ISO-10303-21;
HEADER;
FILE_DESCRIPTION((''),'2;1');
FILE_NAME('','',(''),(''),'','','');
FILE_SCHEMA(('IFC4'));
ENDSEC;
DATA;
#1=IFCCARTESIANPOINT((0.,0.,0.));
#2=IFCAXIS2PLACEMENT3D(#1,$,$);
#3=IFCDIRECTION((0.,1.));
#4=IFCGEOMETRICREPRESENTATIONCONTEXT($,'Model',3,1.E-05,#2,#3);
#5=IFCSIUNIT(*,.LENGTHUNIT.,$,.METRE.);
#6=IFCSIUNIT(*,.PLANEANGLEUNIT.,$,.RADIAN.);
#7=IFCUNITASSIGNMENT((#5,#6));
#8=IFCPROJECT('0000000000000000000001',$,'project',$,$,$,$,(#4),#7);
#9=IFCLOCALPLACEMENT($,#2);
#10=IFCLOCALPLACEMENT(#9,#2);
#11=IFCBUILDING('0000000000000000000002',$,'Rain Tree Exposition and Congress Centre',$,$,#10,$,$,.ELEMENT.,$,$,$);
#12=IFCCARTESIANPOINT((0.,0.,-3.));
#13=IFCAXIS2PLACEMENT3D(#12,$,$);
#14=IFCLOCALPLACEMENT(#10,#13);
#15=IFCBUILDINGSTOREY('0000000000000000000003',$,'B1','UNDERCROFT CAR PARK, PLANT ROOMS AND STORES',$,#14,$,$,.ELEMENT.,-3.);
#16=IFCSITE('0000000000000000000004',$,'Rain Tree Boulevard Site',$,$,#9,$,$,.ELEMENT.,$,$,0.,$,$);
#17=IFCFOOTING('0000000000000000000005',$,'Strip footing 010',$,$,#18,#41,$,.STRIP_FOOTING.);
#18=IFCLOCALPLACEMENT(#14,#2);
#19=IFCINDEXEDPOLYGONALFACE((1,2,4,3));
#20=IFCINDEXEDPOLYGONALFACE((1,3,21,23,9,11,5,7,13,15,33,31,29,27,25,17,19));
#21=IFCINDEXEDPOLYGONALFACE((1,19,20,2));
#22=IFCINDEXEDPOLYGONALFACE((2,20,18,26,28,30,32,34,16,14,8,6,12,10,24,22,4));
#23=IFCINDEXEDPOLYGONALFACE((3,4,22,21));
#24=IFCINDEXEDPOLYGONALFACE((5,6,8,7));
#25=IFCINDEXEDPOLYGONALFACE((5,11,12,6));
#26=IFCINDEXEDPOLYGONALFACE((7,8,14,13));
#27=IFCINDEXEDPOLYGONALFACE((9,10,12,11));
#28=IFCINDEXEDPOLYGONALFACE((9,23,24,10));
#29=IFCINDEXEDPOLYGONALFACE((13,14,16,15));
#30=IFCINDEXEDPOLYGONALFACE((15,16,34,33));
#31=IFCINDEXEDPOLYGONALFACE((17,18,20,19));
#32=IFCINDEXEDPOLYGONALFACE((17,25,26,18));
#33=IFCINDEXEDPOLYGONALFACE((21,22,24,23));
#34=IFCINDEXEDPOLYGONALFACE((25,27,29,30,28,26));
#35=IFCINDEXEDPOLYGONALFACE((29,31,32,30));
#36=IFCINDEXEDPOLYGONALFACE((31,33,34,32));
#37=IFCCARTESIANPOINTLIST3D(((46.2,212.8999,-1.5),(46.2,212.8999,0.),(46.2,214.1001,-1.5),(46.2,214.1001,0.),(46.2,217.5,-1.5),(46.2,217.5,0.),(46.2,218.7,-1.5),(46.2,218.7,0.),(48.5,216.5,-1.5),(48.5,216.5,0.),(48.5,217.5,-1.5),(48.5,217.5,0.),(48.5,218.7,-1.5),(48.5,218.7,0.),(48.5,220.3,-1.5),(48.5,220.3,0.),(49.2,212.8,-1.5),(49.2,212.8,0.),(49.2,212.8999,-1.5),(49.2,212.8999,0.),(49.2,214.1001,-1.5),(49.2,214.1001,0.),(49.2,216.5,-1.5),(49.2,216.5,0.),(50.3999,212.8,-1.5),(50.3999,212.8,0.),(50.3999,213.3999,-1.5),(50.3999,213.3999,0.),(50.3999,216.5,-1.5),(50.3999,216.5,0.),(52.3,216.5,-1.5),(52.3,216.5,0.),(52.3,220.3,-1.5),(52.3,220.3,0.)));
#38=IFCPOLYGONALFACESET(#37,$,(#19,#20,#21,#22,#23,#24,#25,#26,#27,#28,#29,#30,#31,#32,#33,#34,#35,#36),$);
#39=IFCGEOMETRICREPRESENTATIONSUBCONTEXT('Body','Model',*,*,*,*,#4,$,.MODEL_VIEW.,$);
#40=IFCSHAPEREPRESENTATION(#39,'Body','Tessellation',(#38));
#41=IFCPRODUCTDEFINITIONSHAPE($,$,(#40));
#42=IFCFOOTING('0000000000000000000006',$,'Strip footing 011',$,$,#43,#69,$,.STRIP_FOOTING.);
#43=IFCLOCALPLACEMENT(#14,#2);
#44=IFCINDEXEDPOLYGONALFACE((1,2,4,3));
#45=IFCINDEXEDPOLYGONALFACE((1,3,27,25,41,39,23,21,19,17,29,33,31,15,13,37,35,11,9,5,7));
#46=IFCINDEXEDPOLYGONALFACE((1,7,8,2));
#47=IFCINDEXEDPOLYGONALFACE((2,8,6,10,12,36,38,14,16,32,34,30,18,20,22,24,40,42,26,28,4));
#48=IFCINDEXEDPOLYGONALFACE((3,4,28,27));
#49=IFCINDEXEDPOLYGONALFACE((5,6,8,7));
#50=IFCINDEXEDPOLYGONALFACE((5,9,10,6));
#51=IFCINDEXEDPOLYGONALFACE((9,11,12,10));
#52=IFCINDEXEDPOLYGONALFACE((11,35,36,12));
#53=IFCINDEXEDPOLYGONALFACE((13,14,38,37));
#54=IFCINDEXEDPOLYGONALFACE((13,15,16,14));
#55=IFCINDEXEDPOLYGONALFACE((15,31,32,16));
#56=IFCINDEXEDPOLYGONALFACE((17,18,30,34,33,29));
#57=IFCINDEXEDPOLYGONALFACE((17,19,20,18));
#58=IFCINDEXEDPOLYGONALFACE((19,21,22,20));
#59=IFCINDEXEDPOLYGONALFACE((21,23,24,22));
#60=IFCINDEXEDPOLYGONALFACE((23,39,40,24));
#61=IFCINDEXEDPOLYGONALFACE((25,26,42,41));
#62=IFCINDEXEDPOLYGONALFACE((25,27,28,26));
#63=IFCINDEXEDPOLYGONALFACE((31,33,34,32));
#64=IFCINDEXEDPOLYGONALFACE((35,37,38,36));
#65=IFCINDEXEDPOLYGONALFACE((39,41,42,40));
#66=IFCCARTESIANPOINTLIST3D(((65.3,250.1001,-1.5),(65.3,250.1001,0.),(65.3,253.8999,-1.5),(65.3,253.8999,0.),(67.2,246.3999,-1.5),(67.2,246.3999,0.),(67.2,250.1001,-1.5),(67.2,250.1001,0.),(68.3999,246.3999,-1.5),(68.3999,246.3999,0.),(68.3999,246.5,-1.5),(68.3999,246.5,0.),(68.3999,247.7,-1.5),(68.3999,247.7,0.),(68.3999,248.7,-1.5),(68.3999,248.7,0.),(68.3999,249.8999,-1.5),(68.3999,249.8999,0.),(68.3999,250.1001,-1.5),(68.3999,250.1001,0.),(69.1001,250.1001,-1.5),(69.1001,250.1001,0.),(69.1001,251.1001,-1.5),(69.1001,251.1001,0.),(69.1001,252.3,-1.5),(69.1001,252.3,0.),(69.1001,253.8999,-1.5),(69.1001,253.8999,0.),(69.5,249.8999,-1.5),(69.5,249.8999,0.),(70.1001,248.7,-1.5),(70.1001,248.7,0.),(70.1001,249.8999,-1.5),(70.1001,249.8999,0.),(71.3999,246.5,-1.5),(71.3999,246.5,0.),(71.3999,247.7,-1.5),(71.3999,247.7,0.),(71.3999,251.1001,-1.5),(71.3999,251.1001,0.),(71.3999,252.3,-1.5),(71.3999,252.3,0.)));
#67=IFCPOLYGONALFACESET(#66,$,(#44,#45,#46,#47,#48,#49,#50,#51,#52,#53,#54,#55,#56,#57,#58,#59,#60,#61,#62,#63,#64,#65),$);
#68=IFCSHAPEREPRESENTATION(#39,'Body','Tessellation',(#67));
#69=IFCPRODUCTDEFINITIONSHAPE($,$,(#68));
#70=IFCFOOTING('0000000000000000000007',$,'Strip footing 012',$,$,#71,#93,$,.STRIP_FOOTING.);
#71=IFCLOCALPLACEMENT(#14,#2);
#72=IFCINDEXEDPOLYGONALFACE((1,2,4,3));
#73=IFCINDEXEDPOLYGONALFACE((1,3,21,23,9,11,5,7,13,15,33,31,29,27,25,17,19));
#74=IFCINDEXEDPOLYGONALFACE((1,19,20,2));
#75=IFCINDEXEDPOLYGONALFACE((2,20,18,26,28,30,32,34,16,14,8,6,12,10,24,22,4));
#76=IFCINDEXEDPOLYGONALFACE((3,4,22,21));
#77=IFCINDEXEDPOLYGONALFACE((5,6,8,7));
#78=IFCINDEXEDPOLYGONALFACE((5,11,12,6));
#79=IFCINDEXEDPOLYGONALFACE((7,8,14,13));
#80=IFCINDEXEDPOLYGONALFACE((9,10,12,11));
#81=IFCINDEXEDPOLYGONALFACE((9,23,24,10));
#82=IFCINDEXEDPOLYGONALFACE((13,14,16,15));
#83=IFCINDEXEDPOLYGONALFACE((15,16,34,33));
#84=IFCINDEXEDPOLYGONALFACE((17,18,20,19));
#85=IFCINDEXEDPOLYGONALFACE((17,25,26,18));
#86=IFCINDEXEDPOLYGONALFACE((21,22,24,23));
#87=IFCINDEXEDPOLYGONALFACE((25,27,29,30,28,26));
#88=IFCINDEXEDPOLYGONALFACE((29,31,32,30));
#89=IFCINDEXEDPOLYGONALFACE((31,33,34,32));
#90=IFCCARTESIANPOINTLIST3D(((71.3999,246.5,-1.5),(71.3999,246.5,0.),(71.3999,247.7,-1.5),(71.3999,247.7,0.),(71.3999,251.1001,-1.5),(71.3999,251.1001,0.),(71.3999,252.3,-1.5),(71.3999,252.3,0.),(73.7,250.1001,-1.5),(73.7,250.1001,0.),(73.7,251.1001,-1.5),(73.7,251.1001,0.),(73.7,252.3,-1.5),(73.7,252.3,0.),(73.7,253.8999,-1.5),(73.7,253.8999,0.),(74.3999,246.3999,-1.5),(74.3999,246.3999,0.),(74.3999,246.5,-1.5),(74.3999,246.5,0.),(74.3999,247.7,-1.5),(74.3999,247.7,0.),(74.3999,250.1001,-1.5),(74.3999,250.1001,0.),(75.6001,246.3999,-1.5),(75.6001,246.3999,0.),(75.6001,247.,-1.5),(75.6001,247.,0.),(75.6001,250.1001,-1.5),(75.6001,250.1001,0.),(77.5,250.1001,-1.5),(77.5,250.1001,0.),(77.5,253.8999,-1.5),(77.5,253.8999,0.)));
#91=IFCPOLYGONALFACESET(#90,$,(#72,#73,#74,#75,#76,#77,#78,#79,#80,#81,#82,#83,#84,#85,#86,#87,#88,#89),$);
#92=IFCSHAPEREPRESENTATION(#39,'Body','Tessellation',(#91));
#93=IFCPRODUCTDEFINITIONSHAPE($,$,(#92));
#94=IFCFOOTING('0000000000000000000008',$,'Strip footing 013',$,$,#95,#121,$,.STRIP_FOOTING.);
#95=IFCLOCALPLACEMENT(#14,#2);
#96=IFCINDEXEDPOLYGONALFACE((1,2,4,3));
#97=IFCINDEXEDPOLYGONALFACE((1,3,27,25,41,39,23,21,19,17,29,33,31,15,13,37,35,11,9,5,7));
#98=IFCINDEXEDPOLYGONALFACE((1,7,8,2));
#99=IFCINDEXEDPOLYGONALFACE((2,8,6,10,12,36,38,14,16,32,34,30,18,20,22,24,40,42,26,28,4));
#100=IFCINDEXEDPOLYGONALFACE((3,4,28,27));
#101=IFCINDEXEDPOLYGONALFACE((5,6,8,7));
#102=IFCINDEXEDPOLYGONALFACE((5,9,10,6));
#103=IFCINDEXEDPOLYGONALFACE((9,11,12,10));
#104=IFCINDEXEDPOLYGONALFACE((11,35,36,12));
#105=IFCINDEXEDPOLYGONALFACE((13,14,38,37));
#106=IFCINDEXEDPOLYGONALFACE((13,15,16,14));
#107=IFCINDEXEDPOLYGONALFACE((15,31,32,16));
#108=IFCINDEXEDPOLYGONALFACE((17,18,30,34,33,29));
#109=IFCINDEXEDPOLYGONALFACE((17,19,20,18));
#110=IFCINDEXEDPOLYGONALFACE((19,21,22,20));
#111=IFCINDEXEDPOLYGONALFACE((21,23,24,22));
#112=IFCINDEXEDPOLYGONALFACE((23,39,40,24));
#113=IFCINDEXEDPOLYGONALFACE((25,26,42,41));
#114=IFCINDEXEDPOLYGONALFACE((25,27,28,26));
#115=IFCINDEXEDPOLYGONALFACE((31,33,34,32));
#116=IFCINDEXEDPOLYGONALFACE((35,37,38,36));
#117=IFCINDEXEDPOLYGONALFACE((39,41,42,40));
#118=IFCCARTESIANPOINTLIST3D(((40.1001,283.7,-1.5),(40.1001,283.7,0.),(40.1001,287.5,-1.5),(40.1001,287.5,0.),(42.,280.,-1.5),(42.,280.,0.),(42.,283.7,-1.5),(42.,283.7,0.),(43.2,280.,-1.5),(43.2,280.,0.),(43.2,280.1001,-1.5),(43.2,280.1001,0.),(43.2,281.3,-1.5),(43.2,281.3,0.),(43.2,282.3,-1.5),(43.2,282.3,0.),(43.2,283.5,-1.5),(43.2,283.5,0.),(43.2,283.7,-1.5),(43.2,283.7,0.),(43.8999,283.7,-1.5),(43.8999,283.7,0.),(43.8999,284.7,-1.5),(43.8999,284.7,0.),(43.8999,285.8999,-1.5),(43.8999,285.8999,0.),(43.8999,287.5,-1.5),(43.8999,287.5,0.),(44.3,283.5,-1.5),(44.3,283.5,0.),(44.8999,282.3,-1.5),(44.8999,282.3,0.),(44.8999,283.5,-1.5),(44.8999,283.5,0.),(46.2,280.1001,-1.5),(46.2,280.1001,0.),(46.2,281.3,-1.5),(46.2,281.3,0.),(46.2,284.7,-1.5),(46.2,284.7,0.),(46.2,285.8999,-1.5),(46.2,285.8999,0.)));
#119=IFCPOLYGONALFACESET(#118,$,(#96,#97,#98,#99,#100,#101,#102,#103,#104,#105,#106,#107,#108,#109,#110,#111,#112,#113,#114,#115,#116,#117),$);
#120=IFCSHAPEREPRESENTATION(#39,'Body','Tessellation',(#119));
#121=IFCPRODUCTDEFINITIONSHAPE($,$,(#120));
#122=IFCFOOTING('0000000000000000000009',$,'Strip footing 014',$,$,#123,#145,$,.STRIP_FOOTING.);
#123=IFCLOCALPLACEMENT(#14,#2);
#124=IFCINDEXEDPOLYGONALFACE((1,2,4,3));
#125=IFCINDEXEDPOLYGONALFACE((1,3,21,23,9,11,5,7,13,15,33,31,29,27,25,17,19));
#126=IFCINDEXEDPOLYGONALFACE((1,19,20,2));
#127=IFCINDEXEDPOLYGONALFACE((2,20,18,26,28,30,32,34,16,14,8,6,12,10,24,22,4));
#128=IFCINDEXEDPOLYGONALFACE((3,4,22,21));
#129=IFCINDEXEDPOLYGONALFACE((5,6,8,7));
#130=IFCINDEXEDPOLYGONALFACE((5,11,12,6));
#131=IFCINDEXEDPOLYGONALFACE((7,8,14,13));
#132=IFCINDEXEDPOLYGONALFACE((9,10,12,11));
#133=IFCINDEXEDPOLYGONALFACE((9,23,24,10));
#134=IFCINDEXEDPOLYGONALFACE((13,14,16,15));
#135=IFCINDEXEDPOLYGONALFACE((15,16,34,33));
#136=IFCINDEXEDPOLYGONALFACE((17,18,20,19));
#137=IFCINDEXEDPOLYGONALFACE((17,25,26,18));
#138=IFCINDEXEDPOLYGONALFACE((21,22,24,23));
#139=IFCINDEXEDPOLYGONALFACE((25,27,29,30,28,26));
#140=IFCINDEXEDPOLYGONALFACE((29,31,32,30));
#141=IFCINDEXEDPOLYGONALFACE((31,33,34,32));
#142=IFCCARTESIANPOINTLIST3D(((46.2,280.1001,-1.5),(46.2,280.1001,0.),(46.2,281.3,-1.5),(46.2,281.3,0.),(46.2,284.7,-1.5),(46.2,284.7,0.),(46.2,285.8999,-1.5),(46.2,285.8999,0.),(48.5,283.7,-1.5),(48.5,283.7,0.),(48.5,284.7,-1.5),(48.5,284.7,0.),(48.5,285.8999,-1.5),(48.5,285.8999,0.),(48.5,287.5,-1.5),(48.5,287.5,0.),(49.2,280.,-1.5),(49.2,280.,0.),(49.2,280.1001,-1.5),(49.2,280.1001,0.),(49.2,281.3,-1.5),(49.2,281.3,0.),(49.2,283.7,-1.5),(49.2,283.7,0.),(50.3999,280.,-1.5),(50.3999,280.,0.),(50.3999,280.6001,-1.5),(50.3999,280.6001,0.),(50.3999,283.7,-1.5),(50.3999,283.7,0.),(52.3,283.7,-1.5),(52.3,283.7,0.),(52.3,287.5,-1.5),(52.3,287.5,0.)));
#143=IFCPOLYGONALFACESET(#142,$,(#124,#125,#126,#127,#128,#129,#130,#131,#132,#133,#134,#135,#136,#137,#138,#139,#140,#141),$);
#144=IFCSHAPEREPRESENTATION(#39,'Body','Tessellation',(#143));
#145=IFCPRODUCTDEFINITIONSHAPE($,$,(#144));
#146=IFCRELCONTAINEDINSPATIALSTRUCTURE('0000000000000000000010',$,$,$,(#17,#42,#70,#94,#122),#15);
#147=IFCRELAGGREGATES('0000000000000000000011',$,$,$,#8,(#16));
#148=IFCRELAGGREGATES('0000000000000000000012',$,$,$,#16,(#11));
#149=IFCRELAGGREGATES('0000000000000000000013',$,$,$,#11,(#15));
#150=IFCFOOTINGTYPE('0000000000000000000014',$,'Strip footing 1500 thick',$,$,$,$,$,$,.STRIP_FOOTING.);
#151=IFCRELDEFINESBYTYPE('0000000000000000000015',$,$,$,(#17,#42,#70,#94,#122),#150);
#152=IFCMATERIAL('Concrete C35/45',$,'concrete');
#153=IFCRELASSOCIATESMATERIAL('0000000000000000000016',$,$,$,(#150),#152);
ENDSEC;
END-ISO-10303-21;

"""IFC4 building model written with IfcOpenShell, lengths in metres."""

from ifc_helpers import new_model, si_unit, direction, frame, origin, place, context, subcontext, project, spatial, polyline, outline, extrude, material, type_object, element, save


model = new_model("IFC4")

# Units and contexts
model_context = context("Model", 3, precision=1e-05, world=origin(), true_north=direction((0.0, 1.0)))
body_context = subcontext(model_context, "Body", "Model", "MODEL_VIEW")
ifc_project = project(units=[si_unit("LENGTHUNIT", "METRE"), si_unit("PLANEANGLEUNIT", "RADIAN")], contexts=[model_context])

# Site, building, storey
site_placement = place(None, origin())
site = spatial("IfcSite", under=ifc_project, at=site_placement, Name="Rain Tree Boulevard Site", CompositionType="ELEMENT", RefElevation=0.0)
building_placement = place(site_placement, origin())
building = spatial("IfcBuilding", under=site, at=building_placement, Name="Rain Tree Exposition and Congress Centre", CompositionType="ELEMENT")
storey_placement = place(building_placement, frame((0.0, 0.0, -3.0)))
storey = spatial("IfcBuildingStorey", under=building, at=storey_placement, Name="B1", Description="UNDERCROFT CAR PARK, PLANT ROOMS AND STORES", CompositionType="ELEMENT", Elevation=-3.0)

# Footings
ifc_material_1 = material(Name="Concrete C35/45", Category="concrete")
footing_type_1 = type_object("IfcFootingType", Name="Strip footing 1500 thick", PredefinedType="STRIP_FOOTING", material=ifc_material_1)
footing_1_placement = place(storey_placement, frame((0.0, 0.0, -1.5)))
element("IfcFooting", 1, at=footing_1_placement, inside=storey, type_object=footing_type_1, Name="Strip footing 010", PredefinedType="STRIP_FOOTING", context=body_context, shape_type="SweptSolid", body=[
    extrude(outline(polyline([(48.5, 218.7), (46.2, 218.7), (46.2, 217.5), (48.5, 217.5), (48.5, 216.5), (49.2, 216.5), (49.2, 214.1001), (46.2, 214.1001), (46.2, 212.8999), (49.2, 212.8999), (49.2, 212.8), (50.3999, 212.8), (50.3999, 213.3999), (50.3999, 216.5), (52.3, 216.5), (52.3, 220.3), (48.5, 220.3), (48.5, 218.7)])), origin(), (0.0, 0.0, 1.0), 1.5),
])
footing_2_placement = place(storey_placement, frame((0.0, 0.0, -1.5)))
element("IfcFooting", 2, at=footing_2_placement, inside=storey, type_object=footing_type_1, Name="Strip footing 011", PredefinedType="STRIP_FOOTING", context=body_context, shape_type="SweptSolid", body=[
    extrude(outline(polyline([(68.3999, 246.3999), (68.3999, 246.5), (71.3999, 246.5), (71.3999, 247.7), (68.3999, 247.7), (68.3999, 248.7), (70.1001, 248.7), (70.1001, 249.8999), (69.5, 249.8999), (68.3999, 249.8999), (68.3999, 250.1001), (69.1001, 250.1001), (69.1001, 251.1001), (71.3999, 251.1001), (71.3999, 252.3), (69.1001, 252.3), (69.1001, 253.8999), (65.3, 253.8999), (65.3, 250.1001), (67.2, 250.1001), (67.2, 246.3999), (68.3999, 246.3999)])), origin(), (0.0, 0.0, 1.0), 1.5),
])
footing_3_placement = place(storey_placement, frame((0.0, 0.0, -1.5)))
element("IfcFooting", 3, at=footing_3_placement, inside=storey, type_object=footing_type_1, Name="Strip footing 012", PredefinedType="STRIP_FOOTING", context=body_context, shape_type="SweptSolid", body=[
    extrude(outline(polyline([(73.7, 252.3), (71.3999, 252.3), (71.3999, 251.1001), (73.7, 251.1001), (73.7, 250.1001), (74.3999, 250.1001), (74.3999, 247.7), (71.3999, 247.7), (71.3999, 246.5), (74.3999, 246.5), (74.3999, 246.3999), (75.6001, 246.3999), (75.6001, 247.0), (75.6001, 250.1001), (77.5, 250.1001), (77.5, 253.8999), (73.7, 253.8999), (73.7, 252.3)])), origin(), (0.0, 0.0, 1.0), 1.5),
])
footing_4_placement = place(storey_placement, frame((0.0, 0.0, -1.5)))
element("IfcFooting", 4, at=footing_4_placement, inside=storey, type_object=footing_type_1, Name="Strip footing 013", PredefinedType="STRIP_FOOTING", context=body_context, shape_type="SweptSolid", body=[
    extrude(outline(polyline([(43.2, 280.0), (43.2, 280.1001), (46.2, 280.1001), (46.2, 281.3), (43.2, 281.3), (43.2, 282.3), (44.8999, 282.3), (44.8999, 283.5), (44.3, 283.5), (43.2, 283.5), (43.2, 283.7), (43.8999, 283.7), (43.8999, 284.7), (46.2, 284.7), (46.2, 285.8999), (43.8999, 285.8999), (43.8999, 287.5), (40.1001, 287.5), (40.1001, 283.7), (42.0, 283.7), (42.0, 280.0), (43.2, 280.0)])), origin(), (0.0, 0.0, 1.0), 1.5),
])
footing_5_placement = place(storey_placement, frame((0.0, 0.0, -1.5)))
element("IfcFooting", 5, at=footing_5_placement, inside=storey, type_object=footing_type_1, Name="Strip footing 014", PredefinedType="STRIP_FOOTING", context=body_context, shape_type="SweptSolid", body=[
    extrude(outline(polyline([(48.5, 285.8999), (46.2, 285.8999), (46.2, 284.7), (48.5, 284.7), (48.5, 283.7), (49.2, 283.7), (49.2, 281.3), (46.2, 281.3), (46.2, 280.1001), (49.2, 280.1001), (49.2, 280.0), (50.3999, 280.0), (50.3999, 280.6001), (50.3999, 283.7), (52.3, 283.7), (52.3, 287.5), (48.5, 287.5), (48.5, 285.8999)])), origin(), (0.0, 0.0, 1.0), 1.5),
])

save(model, "model.ifc")
